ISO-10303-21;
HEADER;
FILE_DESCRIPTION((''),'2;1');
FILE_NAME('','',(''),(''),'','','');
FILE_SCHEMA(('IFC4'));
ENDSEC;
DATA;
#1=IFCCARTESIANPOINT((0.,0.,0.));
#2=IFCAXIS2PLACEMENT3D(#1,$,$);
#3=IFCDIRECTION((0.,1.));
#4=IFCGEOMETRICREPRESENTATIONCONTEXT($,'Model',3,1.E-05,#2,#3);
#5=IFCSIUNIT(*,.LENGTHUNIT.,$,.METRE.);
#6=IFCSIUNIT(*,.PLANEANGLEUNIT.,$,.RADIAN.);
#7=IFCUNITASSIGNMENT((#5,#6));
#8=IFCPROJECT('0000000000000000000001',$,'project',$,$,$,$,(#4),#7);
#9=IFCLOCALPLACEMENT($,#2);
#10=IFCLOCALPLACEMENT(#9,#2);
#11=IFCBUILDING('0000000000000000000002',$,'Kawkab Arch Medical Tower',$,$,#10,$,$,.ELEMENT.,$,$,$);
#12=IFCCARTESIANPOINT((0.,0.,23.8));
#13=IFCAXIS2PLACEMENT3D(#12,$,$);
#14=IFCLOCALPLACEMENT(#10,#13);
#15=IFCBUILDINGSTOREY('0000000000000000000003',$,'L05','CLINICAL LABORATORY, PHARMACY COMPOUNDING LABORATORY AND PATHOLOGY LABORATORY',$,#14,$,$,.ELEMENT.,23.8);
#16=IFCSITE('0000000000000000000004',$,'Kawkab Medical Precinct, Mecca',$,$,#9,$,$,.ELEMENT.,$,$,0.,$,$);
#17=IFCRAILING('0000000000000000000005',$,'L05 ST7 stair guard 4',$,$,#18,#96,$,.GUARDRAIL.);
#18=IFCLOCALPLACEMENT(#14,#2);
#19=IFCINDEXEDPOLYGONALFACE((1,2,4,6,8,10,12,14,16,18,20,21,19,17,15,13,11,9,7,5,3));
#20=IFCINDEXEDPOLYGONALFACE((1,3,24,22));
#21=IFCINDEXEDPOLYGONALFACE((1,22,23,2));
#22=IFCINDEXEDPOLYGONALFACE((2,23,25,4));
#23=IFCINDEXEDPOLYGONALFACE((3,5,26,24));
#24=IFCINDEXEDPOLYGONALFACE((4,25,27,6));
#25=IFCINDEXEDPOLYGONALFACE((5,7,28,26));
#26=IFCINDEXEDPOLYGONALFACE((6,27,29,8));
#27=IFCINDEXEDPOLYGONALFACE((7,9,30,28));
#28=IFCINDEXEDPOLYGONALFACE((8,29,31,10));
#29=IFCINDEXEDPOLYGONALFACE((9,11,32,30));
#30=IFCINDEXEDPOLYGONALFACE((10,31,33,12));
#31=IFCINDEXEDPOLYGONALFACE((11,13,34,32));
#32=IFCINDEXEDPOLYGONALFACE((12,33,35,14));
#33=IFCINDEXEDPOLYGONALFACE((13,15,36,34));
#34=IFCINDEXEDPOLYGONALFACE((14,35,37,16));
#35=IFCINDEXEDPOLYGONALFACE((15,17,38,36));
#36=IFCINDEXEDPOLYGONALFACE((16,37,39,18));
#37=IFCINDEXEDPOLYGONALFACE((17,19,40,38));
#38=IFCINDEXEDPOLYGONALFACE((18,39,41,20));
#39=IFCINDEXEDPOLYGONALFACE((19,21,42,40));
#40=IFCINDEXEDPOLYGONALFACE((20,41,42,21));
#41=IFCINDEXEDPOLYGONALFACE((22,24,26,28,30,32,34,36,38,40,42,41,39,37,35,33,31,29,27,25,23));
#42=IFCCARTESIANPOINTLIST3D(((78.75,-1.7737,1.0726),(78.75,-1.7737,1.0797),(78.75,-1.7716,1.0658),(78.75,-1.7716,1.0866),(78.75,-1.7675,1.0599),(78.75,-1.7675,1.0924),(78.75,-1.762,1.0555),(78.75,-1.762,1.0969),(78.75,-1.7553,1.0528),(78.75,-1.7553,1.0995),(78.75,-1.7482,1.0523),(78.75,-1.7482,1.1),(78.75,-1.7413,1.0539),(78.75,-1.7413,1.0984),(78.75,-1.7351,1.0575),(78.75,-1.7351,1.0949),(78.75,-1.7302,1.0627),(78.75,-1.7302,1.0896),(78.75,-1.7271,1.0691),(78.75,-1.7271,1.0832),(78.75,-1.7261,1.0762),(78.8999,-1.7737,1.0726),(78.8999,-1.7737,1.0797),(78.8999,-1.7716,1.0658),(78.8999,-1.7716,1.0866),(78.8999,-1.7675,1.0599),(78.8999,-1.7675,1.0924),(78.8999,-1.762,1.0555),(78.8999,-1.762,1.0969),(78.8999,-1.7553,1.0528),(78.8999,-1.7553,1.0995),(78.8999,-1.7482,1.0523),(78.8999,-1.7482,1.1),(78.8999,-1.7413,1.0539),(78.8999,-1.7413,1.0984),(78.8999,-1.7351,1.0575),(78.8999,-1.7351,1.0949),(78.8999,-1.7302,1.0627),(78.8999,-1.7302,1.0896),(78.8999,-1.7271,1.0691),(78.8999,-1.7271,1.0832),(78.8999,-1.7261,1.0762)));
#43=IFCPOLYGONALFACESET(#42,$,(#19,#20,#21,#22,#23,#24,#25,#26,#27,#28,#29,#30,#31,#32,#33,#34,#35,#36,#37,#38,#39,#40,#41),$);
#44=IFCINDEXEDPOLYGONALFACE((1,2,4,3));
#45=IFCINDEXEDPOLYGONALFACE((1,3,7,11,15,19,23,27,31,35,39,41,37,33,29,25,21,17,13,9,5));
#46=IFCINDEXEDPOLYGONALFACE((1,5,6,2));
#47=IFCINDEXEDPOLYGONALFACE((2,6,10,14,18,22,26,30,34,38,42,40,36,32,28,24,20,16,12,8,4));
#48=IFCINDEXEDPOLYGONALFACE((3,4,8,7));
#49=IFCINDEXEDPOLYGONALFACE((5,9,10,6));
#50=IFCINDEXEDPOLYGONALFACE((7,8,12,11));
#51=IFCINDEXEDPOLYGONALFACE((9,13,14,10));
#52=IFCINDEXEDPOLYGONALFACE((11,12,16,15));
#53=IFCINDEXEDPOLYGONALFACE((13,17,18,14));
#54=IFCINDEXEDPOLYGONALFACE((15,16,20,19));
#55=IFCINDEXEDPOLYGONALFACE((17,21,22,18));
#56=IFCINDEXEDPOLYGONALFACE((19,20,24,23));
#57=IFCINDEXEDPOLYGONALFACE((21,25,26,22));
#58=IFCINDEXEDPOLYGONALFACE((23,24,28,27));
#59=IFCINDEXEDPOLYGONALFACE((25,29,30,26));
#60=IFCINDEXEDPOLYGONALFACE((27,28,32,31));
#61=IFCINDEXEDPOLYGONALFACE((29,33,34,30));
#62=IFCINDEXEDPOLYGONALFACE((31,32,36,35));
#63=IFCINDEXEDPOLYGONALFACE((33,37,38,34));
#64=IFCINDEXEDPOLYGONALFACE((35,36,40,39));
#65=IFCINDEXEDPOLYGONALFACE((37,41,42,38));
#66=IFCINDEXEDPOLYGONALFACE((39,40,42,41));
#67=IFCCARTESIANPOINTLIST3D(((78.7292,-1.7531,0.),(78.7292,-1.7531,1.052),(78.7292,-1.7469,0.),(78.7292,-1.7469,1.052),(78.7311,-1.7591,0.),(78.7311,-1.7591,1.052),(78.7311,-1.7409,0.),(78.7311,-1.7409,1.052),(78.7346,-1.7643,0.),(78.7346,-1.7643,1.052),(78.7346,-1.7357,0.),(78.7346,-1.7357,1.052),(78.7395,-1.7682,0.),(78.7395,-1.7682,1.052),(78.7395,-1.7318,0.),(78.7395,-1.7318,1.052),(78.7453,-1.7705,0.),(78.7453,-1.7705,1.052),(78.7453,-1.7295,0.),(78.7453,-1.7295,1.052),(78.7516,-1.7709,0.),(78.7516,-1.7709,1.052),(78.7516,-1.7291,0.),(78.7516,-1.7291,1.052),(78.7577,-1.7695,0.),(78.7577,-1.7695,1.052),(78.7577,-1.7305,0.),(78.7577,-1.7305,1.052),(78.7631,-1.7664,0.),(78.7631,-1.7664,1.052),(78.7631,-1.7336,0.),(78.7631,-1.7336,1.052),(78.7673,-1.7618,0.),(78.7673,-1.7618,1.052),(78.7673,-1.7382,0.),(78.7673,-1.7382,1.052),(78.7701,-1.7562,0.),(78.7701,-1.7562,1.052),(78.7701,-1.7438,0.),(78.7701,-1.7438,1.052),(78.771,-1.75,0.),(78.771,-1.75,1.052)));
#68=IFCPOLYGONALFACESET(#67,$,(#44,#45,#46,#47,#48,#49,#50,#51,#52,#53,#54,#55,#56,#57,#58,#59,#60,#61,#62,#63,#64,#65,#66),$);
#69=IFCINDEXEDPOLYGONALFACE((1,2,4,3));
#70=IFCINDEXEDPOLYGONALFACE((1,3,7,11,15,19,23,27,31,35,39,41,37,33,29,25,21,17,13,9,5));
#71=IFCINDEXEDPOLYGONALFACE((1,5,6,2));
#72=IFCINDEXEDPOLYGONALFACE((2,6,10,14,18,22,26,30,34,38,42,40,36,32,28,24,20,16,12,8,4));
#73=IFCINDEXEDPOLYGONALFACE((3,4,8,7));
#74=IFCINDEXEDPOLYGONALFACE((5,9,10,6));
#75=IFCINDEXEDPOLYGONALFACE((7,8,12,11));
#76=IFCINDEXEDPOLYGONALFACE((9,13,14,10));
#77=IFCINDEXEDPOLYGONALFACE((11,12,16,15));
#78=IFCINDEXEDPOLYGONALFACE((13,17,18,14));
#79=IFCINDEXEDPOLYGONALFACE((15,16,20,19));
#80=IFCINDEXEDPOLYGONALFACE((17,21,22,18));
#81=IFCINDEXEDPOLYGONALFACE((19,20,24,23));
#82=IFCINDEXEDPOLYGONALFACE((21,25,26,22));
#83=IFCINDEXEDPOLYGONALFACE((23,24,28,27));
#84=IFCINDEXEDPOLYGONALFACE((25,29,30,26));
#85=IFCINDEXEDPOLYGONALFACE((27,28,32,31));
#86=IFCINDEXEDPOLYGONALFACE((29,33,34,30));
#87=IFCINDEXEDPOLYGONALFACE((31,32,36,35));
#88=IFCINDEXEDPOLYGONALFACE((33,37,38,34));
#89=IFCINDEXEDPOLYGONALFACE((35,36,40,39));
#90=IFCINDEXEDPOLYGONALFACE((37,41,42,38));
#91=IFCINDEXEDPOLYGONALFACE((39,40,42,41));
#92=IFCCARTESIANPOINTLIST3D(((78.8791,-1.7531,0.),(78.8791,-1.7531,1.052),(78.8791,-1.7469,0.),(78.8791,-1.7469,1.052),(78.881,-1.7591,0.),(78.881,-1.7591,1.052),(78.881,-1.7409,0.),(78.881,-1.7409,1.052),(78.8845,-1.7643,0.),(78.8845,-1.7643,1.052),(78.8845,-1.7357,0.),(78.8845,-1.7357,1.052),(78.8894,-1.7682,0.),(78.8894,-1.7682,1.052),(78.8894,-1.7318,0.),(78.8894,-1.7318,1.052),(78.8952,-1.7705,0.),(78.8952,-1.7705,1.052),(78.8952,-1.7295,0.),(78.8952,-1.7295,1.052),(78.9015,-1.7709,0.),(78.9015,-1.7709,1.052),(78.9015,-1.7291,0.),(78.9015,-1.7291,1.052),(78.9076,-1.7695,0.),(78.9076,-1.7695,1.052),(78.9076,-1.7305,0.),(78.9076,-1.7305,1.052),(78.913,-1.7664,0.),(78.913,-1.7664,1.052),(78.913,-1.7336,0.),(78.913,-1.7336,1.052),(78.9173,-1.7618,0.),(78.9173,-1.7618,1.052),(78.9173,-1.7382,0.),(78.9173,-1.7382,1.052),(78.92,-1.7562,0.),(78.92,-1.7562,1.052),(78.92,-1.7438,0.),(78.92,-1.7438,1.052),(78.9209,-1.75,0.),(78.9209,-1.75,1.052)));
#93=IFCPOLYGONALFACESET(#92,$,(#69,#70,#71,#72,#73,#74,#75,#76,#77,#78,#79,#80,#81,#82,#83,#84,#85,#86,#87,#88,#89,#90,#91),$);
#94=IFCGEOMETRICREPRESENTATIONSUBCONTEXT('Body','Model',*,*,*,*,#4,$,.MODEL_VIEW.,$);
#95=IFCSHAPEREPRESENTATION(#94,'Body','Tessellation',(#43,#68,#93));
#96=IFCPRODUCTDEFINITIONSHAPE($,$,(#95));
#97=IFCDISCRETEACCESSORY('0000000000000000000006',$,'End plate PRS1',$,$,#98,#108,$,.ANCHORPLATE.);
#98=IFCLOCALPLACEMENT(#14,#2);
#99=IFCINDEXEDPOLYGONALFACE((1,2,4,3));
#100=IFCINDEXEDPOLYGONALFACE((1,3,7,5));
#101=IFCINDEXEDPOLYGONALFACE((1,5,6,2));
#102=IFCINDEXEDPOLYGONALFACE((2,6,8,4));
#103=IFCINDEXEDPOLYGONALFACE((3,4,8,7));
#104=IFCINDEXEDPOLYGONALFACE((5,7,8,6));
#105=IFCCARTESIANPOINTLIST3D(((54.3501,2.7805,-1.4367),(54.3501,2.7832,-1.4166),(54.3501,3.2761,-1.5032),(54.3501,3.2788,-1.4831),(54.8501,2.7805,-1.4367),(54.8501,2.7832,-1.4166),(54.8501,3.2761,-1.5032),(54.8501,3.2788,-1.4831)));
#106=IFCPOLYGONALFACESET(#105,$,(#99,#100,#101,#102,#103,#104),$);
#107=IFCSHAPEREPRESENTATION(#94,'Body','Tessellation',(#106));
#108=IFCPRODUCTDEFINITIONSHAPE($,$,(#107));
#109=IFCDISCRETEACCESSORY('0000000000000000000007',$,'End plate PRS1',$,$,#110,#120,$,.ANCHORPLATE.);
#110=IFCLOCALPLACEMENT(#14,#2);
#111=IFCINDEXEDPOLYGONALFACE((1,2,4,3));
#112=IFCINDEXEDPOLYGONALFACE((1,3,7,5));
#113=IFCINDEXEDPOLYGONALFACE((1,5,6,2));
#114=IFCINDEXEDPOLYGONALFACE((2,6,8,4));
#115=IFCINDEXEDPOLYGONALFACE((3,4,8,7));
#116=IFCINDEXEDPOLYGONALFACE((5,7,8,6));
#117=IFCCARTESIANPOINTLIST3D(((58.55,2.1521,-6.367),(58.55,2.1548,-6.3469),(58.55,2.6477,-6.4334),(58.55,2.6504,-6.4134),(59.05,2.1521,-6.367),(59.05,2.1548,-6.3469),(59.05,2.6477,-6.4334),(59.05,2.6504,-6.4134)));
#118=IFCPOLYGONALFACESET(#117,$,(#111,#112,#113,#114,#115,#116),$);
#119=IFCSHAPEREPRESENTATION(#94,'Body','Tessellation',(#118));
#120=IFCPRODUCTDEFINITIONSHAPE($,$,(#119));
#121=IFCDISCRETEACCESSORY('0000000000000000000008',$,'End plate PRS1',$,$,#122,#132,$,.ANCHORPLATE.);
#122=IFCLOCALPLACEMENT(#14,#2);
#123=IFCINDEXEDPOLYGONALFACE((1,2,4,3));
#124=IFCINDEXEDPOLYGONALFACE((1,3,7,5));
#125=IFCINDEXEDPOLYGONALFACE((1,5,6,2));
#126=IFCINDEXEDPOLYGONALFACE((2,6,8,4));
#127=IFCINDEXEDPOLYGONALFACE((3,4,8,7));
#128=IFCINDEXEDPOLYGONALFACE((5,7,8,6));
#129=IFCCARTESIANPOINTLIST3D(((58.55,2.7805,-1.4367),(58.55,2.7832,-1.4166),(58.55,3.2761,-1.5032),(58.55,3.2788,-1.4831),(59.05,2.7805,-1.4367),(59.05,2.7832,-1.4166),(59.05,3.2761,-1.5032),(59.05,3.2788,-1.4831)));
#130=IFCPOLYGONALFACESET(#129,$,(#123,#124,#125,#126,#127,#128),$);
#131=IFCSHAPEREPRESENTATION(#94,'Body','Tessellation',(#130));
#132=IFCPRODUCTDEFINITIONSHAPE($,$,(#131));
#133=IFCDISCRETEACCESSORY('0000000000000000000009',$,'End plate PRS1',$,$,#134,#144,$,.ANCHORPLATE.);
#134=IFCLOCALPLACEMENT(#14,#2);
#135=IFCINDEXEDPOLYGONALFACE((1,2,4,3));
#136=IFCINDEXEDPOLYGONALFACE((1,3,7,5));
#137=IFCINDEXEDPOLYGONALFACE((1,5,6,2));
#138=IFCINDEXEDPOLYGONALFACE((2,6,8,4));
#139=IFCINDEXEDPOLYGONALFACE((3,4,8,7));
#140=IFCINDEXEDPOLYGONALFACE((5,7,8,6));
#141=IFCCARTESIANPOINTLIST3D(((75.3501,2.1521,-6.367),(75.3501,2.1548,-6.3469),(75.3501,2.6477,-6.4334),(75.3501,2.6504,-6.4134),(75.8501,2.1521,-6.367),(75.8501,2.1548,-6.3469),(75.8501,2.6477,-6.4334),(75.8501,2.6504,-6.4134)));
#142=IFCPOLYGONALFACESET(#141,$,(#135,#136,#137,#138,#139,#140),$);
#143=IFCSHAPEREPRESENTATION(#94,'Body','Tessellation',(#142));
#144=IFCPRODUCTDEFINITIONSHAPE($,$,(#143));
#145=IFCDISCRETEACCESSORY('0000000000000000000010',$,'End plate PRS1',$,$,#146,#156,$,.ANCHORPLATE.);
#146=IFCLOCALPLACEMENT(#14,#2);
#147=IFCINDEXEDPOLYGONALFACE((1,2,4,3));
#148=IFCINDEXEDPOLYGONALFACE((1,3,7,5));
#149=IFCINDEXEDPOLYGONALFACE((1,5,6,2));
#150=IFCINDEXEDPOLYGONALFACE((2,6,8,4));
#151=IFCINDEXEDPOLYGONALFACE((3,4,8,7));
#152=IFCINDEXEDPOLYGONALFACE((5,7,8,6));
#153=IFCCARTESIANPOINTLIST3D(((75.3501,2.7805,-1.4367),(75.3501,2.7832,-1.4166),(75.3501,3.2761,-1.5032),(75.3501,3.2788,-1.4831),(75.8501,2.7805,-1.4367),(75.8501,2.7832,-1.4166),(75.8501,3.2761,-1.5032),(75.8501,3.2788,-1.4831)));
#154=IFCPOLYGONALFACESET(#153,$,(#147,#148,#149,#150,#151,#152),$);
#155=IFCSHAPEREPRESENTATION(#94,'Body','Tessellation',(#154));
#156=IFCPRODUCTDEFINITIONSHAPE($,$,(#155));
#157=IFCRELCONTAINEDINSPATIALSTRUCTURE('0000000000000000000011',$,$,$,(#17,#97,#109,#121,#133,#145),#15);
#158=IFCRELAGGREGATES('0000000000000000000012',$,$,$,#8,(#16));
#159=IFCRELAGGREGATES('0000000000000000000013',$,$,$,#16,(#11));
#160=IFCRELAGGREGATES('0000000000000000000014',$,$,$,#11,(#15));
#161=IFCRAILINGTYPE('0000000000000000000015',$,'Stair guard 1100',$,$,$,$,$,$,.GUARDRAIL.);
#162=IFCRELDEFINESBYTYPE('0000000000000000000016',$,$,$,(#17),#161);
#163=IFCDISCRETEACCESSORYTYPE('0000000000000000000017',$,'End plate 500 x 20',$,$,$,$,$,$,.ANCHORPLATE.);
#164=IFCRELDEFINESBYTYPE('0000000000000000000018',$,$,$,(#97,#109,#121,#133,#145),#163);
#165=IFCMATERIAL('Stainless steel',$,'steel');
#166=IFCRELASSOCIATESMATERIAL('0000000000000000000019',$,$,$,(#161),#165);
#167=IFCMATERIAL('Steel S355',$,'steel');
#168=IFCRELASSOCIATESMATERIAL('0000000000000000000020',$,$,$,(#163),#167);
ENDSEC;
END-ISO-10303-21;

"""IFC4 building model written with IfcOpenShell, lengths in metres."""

from ifc_helpers import new_model, si_unit, direction, frame, origin, origin_2d, place, context, subcontext, project, spatial, rectangle, circle, extrude, material, material_profile, profile_set, type_object, element, save


model = new_model("IFC4")

# Units and contexts
model_context = context("Model", 3, precision=1e-05, world=origin(), true_north=direction((0.0, 1.0)))
body_context = subcontext(model_context, "Body", "Model", "MODEL_VIEW")
ifc_project = project(units=[si_unit("LENGTHUNIT", "METRE"), si_unit("PLANEANGLEUNIT", "RADIAN")], contexts=[model_context])

# Site, building, storey
site_placement = place(None, origin())
site = spatial("IfcSite", under=ifc_project, at=site_placement, Name="Kawkab Medical Precinct, Mecca", CompositionType="ELEMENT", RefElevation=0.0)
building_placement = place(site_placement, origin())
building = spatial("IfcBuilding", under=site, at=building_placement, Name="Kawkab Arch Medical Tower", CompositionType="ELEMENT")
storey_placement = place(building_placement, frame((0.0, 0.0, 23.8)))
storey = spatial("IfcBuildingStorey", under=building, at=storey_placement, Name="L05", Description="CLINICAL LABORATORY, PHARMACY COMPOUNDING LABORATORY AND PATHOLOGY LABORATORY", CompositionType="ELEMENT", Elevation=23.8)

# Railing
ifc_material_1 = material(Name="Stainless steel", Category="steel")
railing_type = type_object("IfcRailingType", Name="Stair guard 1100", PredefinedType="GUARDRAIL", material=ifc_material_1)
railing_1_placement = place(storey_placement, frame((78.75, -1.75, 0.0)))
element("IfcRailing", 1, at=railing_1_placement, inside=storey, type_object=railing_type, Name="L05 ST7 stair guard 4", PredefinedType="GUARDRAIL", context=body_context, shape_type="SweptSolid", body=[
    extrude(circle(Radius=0.0239, at=origin_2d()), frame((0.0, 0.0, 1.0762), z_axis=(1.0, 0.0, 0.0), x_axis=(0.0, 1.0, 0.0)), (0.0, 0.0, 1.0), 0.1499),
    extrude(circle(Radius=0.021, at=origin_2d()), origin(), (0.0, 0.0, 1.0), 1.052),
    extrude(circle(Radius=0.021, at=origin_2d()), frame((0.1499, 0.0, 0.0)), (0.0, 0.0, 1.0), 1.052),
])

# Discrete accessories
ifc_material_2 = material(Name="Steel S355", Category="steel")
ifc_material_profile_1 = material_profile(ifc_material_2, rectangle(XDim=0.5, YDim=0.5, at=origin_2d()), Name="End plate 500 x 20")
ifc_profile_set_1 = profile_set([ifc_material_profile_1], Name="Steel S355")
discrete_accessory_type = type_object("IfcDiscreteAccessoryType", Name="End plate 500 x 20", PredefinedType="ANCHORPLATE", material=ifc_profile_set_1)
for number, where, z_axis, x_axis, name in (
    (2, (54.6001, 3.0283, -1.47), (0.0, 0.132955, 0.991122), (-1.0, 0.0, 0.0), "End plate PRS1"),
    (3, (58.8, 2.4026, -6.3801), (0.0, -0.132955, -0.991122), (1.0, 0.0, 0.0), "End plate PRS1"),
    (4, (58.8, 3.0283, -1.47), (0.0, 0.132955, 0.991122), (-1.0, 0.0, 0.0), "End plate PRS1"),
    (5, (75.6001, 2.4026, -6.3801), (0.0, -0.132955, -0.991122), (1.0, 0.0, 0.0), "End plate PRS1"),
    (6, (75.6001, 3.0283, -1.47), (0.0, 0.132955, 0.991122), (-1.0, 0.0, 0.0), "End plate PRS1"),
):
    element("IfcDiscreteAccessory", number, at=place(storey_placement, frame(where, z_axis=z_axis, x_axis=x_axis)), inside=storey, type_object=discrete_accessory_type, Name=name, PredefinedType="ANCHORPLATE", context=body_context, shape_type="SweptSolid", body=[
        extrude(rectangle(XDim=0.5, YDim=0.5, at=origin_2d()), origin(), (0.0, 0.0, 1.0), 0.0203),
    ])

save(model, "model.ifc")
